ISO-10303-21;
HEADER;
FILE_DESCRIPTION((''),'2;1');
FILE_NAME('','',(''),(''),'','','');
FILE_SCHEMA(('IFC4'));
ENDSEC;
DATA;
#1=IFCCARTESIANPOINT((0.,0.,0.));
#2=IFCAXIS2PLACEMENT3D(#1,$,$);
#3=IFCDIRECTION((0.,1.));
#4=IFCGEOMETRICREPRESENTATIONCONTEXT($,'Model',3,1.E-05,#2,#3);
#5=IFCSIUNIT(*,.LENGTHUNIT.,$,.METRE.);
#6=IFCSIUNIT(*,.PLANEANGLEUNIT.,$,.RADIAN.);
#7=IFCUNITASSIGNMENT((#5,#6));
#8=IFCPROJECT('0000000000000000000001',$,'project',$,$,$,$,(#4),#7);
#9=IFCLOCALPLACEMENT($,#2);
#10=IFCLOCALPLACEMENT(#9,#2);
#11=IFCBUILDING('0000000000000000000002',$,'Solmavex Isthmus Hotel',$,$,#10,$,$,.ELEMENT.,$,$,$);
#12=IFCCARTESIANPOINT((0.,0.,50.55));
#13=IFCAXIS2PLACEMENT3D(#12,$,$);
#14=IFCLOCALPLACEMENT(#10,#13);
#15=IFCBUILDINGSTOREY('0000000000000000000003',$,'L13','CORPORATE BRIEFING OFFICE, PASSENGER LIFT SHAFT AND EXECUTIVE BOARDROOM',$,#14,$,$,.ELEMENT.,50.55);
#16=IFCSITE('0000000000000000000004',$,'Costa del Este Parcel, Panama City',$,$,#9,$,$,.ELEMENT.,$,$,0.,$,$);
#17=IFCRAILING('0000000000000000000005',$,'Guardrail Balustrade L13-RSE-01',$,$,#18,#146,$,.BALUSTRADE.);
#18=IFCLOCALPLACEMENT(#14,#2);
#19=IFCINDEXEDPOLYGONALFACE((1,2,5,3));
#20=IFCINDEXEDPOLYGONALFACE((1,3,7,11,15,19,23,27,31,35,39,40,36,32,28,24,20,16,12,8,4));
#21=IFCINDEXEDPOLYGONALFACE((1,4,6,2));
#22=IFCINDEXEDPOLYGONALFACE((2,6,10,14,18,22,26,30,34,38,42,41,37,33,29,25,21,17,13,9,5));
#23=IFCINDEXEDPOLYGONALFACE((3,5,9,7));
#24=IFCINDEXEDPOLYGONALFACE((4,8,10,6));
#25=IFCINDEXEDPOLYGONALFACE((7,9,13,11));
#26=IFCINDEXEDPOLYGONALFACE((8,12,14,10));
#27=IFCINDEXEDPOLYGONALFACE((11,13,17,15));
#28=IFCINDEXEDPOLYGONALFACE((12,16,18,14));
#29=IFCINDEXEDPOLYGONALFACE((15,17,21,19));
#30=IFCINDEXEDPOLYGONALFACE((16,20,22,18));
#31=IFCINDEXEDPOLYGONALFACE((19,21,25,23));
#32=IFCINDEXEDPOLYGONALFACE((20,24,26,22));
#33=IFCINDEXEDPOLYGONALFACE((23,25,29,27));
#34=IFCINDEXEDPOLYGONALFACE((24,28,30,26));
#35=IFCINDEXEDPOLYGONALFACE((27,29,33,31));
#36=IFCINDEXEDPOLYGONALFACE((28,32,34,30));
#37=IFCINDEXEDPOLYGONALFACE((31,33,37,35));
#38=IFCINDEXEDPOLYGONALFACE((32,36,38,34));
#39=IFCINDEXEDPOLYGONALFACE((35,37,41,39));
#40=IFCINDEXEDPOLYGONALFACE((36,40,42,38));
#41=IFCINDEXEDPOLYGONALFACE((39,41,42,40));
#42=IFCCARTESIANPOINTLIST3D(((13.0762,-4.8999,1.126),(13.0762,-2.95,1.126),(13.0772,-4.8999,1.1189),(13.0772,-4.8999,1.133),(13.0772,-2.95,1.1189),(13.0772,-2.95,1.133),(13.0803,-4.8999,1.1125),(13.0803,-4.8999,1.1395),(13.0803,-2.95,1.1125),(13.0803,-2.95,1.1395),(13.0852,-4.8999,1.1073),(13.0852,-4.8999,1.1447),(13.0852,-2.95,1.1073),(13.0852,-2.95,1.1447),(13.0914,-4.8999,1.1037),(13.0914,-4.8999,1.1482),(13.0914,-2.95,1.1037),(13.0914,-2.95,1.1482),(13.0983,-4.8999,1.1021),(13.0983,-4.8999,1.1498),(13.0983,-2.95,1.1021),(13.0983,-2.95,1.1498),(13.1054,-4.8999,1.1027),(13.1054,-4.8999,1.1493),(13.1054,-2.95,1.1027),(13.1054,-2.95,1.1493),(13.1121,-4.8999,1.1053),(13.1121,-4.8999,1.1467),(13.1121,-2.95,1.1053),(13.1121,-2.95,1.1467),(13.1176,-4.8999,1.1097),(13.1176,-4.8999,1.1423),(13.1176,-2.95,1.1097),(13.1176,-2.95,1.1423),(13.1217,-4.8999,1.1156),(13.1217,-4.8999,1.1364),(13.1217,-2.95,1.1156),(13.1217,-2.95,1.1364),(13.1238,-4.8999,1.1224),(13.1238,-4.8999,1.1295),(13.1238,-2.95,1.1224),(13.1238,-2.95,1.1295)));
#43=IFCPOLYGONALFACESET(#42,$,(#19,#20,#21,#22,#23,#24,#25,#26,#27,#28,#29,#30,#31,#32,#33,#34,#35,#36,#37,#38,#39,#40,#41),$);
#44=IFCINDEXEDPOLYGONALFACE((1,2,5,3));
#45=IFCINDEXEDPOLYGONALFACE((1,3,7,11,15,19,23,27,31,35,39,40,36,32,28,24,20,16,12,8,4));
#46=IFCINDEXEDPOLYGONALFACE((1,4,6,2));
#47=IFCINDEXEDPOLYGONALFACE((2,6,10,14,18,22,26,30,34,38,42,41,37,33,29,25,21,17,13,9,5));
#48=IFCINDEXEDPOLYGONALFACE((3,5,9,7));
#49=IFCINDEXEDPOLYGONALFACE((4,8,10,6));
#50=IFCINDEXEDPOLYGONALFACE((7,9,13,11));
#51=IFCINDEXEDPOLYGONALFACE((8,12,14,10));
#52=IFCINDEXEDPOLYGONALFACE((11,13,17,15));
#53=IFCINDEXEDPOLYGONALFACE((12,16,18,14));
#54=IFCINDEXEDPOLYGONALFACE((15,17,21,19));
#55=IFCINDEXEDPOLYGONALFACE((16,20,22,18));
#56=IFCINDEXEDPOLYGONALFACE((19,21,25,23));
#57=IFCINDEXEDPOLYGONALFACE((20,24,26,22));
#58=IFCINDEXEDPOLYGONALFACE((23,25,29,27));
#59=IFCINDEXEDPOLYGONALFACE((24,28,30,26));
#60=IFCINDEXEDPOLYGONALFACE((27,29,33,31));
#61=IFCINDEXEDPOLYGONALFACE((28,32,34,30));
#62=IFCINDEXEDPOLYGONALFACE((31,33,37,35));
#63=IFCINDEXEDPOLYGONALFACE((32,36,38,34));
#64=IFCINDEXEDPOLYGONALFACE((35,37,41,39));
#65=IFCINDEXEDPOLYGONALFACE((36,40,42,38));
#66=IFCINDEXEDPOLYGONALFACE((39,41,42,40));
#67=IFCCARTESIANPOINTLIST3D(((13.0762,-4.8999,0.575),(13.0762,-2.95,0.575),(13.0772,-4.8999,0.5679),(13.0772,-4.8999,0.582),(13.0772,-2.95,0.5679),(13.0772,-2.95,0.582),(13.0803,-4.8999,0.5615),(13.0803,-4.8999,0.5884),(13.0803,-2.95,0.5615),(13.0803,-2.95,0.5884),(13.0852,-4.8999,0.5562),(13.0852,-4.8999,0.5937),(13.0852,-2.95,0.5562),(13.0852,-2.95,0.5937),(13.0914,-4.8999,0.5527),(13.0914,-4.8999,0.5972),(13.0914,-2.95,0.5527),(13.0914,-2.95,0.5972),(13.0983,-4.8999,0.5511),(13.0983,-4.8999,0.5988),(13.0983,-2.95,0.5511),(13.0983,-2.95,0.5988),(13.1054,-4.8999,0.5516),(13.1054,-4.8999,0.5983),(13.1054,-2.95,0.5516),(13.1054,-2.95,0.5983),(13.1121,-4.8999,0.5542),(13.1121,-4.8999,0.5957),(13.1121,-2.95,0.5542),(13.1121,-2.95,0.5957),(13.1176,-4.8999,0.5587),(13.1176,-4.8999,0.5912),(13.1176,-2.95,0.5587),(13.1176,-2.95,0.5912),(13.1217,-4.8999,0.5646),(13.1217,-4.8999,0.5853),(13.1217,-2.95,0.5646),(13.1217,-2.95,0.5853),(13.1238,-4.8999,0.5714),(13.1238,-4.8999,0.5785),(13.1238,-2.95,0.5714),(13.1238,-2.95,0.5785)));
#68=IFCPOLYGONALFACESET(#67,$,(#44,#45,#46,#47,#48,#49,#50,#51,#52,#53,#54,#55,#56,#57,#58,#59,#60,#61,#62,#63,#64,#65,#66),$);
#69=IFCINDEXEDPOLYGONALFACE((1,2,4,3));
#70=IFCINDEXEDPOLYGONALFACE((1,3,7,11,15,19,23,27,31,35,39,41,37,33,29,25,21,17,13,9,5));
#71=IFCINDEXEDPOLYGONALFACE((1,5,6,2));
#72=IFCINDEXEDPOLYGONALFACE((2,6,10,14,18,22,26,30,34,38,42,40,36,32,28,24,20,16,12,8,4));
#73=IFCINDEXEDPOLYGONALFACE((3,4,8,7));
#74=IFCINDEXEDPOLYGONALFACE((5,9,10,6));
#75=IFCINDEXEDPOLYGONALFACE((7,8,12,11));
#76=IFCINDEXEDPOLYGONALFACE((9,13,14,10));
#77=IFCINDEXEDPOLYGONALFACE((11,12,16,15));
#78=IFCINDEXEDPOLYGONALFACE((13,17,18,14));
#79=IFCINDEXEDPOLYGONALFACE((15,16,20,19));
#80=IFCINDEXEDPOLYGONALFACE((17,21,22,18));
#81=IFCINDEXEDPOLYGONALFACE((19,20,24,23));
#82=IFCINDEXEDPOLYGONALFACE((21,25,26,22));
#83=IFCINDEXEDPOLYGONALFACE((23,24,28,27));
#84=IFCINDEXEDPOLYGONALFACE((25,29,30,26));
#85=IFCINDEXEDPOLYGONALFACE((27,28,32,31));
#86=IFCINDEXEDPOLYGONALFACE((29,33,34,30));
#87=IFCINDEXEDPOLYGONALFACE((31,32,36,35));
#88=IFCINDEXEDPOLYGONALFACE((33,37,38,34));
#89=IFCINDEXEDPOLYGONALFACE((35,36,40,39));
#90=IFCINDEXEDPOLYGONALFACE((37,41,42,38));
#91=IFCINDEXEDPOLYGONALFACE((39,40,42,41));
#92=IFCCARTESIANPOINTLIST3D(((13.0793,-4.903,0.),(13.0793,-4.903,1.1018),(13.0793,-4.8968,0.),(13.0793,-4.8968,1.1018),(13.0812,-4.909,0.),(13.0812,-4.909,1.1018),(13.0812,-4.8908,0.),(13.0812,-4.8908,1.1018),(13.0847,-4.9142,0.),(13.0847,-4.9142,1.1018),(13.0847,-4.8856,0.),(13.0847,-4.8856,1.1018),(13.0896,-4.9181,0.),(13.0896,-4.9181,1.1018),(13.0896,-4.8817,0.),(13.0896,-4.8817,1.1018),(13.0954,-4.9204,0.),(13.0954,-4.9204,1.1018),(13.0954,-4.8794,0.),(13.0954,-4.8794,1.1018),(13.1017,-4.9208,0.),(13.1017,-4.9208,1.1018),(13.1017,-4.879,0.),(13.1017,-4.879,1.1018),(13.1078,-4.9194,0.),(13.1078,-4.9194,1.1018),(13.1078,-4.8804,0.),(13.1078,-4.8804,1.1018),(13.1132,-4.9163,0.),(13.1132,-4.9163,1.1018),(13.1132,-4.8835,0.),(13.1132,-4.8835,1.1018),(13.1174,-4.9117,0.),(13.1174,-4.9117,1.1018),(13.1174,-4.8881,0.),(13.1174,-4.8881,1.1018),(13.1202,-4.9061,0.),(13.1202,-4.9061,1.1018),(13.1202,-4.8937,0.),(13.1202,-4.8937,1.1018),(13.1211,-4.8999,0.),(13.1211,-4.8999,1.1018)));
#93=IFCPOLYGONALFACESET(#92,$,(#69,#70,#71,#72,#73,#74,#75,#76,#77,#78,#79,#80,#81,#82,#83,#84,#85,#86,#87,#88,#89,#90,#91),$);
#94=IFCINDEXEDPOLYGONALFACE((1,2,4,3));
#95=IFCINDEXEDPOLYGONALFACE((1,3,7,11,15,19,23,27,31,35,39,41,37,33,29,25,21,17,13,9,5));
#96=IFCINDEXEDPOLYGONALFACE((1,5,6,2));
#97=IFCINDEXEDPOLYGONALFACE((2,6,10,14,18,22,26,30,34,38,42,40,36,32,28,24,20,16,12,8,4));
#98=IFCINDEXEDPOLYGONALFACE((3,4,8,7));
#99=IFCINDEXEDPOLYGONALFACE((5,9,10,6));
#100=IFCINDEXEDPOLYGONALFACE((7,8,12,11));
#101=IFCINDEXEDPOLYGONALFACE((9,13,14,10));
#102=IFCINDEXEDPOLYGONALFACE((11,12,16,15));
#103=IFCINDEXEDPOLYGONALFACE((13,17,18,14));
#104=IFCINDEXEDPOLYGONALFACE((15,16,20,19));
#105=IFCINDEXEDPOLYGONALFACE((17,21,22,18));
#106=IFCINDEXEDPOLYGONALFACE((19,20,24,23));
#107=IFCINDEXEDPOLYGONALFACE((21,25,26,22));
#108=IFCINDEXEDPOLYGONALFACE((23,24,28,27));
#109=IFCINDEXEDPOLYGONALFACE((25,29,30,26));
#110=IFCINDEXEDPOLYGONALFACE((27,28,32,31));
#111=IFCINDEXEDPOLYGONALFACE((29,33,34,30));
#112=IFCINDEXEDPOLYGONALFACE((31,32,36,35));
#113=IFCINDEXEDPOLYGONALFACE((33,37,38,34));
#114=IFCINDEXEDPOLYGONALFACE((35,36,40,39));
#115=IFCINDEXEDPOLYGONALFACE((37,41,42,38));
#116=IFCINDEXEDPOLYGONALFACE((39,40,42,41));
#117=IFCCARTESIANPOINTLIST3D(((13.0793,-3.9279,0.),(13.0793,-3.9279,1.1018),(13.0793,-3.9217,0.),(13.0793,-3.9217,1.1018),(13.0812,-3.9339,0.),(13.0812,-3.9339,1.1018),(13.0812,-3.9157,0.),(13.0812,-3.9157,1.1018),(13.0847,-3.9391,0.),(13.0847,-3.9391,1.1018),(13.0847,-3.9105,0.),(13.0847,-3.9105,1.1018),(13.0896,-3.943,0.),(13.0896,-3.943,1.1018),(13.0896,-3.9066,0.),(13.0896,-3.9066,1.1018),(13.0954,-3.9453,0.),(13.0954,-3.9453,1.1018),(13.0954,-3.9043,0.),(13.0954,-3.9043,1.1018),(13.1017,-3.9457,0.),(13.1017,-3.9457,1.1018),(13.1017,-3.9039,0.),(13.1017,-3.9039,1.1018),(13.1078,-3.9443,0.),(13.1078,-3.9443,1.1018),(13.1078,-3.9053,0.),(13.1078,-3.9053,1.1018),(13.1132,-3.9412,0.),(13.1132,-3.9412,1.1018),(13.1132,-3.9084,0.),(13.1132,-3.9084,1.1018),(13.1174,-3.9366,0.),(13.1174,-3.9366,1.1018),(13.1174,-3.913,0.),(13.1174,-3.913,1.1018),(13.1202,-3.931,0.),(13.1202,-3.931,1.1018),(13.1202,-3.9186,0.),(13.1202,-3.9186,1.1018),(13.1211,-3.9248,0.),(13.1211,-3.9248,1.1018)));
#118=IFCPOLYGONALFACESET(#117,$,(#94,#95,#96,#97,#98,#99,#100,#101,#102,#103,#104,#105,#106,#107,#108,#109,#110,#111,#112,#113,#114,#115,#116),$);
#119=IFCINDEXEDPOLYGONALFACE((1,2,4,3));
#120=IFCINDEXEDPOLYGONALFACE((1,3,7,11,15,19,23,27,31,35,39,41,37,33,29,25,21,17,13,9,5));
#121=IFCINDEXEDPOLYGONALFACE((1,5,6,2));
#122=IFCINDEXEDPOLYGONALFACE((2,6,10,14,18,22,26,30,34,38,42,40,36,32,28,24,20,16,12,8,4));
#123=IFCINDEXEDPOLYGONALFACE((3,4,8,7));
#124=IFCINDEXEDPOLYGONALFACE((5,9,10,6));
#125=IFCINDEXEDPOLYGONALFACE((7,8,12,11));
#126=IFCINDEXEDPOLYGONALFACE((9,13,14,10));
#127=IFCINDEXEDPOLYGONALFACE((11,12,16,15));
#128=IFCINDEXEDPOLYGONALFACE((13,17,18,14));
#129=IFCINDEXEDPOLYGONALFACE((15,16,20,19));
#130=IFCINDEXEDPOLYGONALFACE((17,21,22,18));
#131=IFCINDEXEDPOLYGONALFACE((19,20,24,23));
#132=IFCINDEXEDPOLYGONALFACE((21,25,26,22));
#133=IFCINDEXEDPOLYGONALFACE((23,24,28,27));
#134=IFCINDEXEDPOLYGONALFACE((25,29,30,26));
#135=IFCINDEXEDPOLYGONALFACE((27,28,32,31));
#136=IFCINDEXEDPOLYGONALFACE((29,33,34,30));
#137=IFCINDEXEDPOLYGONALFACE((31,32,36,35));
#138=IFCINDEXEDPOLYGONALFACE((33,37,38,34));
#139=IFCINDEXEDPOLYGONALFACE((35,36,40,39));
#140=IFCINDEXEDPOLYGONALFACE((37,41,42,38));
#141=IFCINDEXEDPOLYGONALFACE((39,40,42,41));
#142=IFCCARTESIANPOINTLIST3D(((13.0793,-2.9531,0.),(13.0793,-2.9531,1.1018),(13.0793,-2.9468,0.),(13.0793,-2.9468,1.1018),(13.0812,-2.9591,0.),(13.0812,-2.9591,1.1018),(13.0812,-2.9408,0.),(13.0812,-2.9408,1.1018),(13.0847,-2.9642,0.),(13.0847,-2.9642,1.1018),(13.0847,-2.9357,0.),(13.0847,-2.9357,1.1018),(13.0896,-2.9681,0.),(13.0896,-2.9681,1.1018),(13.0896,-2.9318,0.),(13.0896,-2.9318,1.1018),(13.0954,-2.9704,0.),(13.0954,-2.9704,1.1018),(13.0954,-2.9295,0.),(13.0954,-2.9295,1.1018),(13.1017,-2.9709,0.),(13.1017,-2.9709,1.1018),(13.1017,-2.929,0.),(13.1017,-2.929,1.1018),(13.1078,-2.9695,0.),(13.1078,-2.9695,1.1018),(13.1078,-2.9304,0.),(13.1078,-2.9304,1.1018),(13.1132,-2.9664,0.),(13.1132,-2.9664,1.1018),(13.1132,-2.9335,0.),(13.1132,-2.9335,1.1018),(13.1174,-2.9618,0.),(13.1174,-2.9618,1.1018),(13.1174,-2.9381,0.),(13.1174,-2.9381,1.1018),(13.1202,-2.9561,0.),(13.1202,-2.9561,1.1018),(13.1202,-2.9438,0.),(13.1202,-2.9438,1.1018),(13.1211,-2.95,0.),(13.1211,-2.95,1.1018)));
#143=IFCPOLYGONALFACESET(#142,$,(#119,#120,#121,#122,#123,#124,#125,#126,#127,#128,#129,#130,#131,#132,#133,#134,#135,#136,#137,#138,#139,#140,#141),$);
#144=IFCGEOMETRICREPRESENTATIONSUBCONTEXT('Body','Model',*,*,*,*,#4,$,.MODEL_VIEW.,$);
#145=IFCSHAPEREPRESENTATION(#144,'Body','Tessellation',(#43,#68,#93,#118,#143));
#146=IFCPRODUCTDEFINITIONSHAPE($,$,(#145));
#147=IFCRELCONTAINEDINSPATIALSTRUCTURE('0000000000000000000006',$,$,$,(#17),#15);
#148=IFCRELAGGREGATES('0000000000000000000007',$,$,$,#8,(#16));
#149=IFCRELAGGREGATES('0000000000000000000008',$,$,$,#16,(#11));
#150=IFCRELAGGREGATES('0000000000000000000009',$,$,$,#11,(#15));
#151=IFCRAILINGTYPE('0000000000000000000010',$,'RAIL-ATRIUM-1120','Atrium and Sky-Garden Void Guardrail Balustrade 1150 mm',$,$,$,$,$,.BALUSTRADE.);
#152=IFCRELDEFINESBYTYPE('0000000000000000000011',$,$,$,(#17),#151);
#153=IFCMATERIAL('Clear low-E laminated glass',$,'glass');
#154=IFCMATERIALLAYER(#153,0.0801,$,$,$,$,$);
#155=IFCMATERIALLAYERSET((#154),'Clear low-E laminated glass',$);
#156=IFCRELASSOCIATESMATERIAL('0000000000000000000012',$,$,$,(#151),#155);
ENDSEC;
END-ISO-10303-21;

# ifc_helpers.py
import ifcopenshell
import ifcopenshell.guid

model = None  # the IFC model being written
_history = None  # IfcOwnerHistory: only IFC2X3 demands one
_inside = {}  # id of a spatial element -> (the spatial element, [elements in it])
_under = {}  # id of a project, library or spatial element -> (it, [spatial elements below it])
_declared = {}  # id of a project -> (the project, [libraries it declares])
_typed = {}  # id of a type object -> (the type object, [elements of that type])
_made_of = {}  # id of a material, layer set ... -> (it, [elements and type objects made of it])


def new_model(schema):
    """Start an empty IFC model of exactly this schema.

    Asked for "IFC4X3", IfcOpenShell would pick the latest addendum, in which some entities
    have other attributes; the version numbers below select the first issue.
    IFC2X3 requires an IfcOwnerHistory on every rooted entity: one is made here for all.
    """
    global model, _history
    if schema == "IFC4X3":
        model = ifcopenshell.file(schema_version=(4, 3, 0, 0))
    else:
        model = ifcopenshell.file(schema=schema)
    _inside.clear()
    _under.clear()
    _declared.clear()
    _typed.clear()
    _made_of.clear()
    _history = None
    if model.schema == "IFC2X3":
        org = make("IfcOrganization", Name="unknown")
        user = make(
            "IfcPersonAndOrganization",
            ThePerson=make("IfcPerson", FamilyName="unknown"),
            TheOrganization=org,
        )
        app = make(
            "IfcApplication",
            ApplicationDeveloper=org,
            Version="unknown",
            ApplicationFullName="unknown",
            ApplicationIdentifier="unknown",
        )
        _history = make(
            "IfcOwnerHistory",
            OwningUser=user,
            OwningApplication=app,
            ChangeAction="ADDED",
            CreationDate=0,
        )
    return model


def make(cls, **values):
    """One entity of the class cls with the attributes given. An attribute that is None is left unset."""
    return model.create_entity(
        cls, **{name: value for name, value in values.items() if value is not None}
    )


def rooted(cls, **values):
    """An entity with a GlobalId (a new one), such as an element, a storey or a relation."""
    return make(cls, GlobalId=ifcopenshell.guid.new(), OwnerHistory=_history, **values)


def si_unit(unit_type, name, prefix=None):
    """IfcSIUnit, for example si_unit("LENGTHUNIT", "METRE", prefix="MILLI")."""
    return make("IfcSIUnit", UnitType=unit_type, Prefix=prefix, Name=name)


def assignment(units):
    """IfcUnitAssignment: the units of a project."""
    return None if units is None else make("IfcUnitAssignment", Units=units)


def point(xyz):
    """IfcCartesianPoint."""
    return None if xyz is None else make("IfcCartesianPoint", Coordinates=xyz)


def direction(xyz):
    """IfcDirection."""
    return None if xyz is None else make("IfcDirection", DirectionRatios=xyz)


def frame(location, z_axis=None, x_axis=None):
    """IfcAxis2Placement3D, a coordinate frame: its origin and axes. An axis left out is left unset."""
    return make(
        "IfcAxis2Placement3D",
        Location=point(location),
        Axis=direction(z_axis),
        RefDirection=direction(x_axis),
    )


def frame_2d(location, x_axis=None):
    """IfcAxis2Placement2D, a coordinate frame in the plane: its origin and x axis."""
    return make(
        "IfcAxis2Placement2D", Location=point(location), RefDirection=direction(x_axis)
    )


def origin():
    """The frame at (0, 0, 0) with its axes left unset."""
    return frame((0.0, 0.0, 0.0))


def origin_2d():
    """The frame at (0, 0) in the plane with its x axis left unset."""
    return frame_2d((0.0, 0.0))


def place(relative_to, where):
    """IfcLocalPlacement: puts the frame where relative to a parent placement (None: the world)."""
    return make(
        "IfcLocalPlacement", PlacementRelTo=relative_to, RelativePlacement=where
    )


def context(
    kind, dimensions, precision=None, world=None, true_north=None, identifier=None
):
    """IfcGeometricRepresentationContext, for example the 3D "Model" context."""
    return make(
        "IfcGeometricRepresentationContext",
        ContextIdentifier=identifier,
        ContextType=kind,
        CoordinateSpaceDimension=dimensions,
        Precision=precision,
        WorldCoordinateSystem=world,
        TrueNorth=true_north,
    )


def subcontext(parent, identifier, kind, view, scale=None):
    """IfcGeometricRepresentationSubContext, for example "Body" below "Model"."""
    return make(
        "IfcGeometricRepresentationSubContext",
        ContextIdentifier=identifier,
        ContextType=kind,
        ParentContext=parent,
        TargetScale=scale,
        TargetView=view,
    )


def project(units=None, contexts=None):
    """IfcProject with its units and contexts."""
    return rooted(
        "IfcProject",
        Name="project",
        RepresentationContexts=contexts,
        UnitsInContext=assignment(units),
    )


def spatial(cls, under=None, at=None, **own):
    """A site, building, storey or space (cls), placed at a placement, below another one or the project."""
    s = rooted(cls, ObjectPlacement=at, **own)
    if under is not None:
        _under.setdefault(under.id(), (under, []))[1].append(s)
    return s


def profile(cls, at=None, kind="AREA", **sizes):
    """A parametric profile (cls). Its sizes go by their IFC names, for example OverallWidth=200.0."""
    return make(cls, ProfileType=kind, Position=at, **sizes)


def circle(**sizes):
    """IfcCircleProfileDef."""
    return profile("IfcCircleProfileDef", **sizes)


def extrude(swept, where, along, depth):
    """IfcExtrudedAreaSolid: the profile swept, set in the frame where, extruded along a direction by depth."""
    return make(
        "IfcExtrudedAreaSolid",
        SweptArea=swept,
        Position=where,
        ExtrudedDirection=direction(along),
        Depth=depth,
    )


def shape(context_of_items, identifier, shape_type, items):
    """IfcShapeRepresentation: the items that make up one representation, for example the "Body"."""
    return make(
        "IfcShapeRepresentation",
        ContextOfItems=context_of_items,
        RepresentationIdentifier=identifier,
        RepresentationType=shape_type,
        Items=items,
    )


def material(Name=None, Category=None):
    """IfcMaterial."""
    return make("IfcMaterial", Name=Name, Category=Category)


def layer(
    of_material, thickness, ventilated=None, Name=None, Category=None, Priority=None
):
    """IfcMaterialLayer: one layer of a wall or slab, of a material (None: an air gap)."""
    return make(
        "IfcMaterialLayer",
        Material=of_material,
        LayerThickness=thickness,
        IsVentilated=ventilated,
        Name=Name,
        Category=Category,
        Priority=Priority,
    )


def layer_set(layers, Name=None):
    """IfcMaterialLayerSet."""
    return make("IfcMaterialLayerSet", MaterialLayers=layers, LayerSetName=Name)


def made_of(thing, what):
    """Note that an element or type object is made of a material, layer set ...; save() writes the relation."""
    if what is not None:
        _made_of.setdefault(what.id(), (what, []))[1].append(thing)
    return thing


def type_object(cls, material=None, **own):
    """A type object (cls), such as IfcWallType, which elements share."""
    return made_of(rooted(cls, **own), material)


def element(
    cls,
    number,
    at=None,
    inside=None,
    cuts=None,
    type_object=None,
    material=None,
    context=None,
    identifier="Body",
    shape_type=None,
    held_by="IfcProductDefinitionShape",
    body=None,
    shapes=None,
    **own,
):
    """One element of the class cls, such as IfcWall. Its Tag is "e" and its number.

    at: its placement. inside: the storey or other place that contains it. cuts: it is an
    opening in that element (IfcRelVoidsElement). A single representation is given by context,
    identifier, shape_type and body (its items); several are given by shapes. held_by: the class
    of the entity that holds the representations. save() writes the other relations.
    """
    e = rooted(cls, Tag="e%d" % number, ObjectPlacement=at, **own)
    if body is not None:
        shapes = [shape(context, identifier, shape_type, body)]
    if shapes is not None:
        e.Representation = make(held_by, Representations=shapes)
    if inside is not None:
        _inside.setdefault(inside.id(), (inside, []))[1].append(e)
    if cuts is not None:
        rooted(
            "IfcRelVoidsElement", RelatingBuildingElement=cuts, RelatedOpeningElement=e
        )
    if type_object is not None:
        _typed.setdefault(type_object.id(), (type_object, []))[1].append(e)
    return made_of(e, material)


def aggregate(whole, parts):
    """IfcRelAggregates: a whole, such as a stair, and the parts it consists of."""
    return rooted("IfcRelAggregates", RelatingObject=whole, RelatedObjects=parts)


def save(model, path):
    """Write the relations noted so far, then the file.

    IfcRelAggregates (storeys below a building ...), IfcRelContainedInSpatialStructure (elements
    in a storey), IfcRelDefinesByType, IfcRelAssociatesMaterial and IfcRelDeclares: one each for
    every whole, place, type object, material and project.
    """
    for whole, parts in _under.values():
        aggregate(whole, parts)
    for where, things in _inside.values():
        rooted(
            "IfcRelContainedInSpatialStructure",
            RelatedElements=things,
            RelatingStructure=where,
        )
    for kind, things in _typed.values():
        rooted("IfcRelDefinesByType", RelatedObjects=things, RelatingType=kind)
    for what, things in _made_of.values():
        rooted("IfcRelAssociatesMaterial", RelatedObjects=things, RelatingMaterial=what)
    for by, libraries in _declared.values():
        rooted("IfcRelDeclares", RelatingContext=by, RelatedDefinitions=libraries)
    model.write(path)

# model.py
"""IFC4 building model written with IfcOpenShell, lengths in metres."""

from ifc_helpers import new_model, si_unit, direction, frame, origin, origin_2d, place, context, subcontext, project, spatial, circle, extrude, material, layer, layer_set, type_object, element, save


model = new_model("IFC4")

# Units and contexts
model_context = context("Model", 3, precision=1e-05, world=origin(), true_north=direction((0.0, 1.0)))
body_context = subcontext(model_context, "Body", "Model", "MODEL_VIEW")
ifc_project = project(units=[si_unit("LENGTHUNIT", "METRE"), si_unit("PLANEANGLEUNIT", "RADIAN")], contexts=[model_context])

# Site, building, storey
site_placement = place(None, origin())
site = spatial("IfcSite", under=ifc_project, at=site_placement, Name="Costa del Este Parcel, Panama City", CompositionType="ELEMENT", RefElevation=0.0)
building_placement = place(site_placement, origin())
building = spatial("IfcBuilding", under=site, at=building_placement, Name="Solmavex Isthmus Hotel", CompositionType="ELEMENT")
storey_placement = place(building_placement, frame((0.0, 0.0, 50.55)))
storey = spatial("IfcBuildingStorey", under=building, at=storey_placement, Name="L13", Description="CORPORATE BRIEFING OFFICE, PASSENGER LIFT SHAFT AND EXECUTIVE BOARDROOM", CompositionType="ELEMENT", Elevation=50.55)

# Shared definitions
ifc_material_1 = material(Name="Clear low-E laminated glass", Category="glass")

# Railing
ifc_layer_1 = layer(ifc_material_1, 0.0801)
ifc_layer_set_1 = layer_set([ifc_layer_1], Name="Clear low-E laminated glass")
railing_type_1 = type_object("IfcRailingType", Name="RAIL-ATRIUM-1120", Description="Atrium and Sky-Garden Void Guardrail Balustrade 1150 mm", PredefinedType="BALUSTRADE", material=ifc_layer_set_1)
railing_1_placement = place(storey_placement, frame((13.1001, -4.8999, 0.0)))
element("IfcRailing", 1, at=railing_1_placement, inside=storey, type_object=railing_type_1, Name="Guardrail Balustrade L13-RSE-01", PredefinedType="BALUSTRADE", context=body_context, shape_type="SweptSolid", body=[
    extrude(circle(Radius=0.0239, at=origin_2d()), frame((0.0, 0.0, 1.126), z_axis=(0.0, 1.0, 0.0), x_axis=(-1.0, 0.0, 0.0)), (0.0, 0.0, 1.0), 1.95),
    extrude(circle(Radius=0.0239, at=origin_2d()), frame((0.0, 0.0, 0.575), z_axis=(0.0, 1.0, 0.0), x_axis=(-1.0, 0.0, 0.0)), (0.0, 0.0, 1.0), 1.95),
    extrude(circle(Radius=0.021, at=origin_2d()), origin(), (0.0, 0.0, 1.0), 1.1018),
    extrude(circle(Radius=0.021, at=origin_2d()), frame((0.0, 0.9751, 0.0)), (0.0, 0.0, 1.0), 1.1018),
    extrude(circle(Radius=0.021, at=origin_2d()), frame((0.0, 1.95, 0.0)), (0.0, 0.0, 1.0), 1.1018),
])

save(model, "model.ifc")
